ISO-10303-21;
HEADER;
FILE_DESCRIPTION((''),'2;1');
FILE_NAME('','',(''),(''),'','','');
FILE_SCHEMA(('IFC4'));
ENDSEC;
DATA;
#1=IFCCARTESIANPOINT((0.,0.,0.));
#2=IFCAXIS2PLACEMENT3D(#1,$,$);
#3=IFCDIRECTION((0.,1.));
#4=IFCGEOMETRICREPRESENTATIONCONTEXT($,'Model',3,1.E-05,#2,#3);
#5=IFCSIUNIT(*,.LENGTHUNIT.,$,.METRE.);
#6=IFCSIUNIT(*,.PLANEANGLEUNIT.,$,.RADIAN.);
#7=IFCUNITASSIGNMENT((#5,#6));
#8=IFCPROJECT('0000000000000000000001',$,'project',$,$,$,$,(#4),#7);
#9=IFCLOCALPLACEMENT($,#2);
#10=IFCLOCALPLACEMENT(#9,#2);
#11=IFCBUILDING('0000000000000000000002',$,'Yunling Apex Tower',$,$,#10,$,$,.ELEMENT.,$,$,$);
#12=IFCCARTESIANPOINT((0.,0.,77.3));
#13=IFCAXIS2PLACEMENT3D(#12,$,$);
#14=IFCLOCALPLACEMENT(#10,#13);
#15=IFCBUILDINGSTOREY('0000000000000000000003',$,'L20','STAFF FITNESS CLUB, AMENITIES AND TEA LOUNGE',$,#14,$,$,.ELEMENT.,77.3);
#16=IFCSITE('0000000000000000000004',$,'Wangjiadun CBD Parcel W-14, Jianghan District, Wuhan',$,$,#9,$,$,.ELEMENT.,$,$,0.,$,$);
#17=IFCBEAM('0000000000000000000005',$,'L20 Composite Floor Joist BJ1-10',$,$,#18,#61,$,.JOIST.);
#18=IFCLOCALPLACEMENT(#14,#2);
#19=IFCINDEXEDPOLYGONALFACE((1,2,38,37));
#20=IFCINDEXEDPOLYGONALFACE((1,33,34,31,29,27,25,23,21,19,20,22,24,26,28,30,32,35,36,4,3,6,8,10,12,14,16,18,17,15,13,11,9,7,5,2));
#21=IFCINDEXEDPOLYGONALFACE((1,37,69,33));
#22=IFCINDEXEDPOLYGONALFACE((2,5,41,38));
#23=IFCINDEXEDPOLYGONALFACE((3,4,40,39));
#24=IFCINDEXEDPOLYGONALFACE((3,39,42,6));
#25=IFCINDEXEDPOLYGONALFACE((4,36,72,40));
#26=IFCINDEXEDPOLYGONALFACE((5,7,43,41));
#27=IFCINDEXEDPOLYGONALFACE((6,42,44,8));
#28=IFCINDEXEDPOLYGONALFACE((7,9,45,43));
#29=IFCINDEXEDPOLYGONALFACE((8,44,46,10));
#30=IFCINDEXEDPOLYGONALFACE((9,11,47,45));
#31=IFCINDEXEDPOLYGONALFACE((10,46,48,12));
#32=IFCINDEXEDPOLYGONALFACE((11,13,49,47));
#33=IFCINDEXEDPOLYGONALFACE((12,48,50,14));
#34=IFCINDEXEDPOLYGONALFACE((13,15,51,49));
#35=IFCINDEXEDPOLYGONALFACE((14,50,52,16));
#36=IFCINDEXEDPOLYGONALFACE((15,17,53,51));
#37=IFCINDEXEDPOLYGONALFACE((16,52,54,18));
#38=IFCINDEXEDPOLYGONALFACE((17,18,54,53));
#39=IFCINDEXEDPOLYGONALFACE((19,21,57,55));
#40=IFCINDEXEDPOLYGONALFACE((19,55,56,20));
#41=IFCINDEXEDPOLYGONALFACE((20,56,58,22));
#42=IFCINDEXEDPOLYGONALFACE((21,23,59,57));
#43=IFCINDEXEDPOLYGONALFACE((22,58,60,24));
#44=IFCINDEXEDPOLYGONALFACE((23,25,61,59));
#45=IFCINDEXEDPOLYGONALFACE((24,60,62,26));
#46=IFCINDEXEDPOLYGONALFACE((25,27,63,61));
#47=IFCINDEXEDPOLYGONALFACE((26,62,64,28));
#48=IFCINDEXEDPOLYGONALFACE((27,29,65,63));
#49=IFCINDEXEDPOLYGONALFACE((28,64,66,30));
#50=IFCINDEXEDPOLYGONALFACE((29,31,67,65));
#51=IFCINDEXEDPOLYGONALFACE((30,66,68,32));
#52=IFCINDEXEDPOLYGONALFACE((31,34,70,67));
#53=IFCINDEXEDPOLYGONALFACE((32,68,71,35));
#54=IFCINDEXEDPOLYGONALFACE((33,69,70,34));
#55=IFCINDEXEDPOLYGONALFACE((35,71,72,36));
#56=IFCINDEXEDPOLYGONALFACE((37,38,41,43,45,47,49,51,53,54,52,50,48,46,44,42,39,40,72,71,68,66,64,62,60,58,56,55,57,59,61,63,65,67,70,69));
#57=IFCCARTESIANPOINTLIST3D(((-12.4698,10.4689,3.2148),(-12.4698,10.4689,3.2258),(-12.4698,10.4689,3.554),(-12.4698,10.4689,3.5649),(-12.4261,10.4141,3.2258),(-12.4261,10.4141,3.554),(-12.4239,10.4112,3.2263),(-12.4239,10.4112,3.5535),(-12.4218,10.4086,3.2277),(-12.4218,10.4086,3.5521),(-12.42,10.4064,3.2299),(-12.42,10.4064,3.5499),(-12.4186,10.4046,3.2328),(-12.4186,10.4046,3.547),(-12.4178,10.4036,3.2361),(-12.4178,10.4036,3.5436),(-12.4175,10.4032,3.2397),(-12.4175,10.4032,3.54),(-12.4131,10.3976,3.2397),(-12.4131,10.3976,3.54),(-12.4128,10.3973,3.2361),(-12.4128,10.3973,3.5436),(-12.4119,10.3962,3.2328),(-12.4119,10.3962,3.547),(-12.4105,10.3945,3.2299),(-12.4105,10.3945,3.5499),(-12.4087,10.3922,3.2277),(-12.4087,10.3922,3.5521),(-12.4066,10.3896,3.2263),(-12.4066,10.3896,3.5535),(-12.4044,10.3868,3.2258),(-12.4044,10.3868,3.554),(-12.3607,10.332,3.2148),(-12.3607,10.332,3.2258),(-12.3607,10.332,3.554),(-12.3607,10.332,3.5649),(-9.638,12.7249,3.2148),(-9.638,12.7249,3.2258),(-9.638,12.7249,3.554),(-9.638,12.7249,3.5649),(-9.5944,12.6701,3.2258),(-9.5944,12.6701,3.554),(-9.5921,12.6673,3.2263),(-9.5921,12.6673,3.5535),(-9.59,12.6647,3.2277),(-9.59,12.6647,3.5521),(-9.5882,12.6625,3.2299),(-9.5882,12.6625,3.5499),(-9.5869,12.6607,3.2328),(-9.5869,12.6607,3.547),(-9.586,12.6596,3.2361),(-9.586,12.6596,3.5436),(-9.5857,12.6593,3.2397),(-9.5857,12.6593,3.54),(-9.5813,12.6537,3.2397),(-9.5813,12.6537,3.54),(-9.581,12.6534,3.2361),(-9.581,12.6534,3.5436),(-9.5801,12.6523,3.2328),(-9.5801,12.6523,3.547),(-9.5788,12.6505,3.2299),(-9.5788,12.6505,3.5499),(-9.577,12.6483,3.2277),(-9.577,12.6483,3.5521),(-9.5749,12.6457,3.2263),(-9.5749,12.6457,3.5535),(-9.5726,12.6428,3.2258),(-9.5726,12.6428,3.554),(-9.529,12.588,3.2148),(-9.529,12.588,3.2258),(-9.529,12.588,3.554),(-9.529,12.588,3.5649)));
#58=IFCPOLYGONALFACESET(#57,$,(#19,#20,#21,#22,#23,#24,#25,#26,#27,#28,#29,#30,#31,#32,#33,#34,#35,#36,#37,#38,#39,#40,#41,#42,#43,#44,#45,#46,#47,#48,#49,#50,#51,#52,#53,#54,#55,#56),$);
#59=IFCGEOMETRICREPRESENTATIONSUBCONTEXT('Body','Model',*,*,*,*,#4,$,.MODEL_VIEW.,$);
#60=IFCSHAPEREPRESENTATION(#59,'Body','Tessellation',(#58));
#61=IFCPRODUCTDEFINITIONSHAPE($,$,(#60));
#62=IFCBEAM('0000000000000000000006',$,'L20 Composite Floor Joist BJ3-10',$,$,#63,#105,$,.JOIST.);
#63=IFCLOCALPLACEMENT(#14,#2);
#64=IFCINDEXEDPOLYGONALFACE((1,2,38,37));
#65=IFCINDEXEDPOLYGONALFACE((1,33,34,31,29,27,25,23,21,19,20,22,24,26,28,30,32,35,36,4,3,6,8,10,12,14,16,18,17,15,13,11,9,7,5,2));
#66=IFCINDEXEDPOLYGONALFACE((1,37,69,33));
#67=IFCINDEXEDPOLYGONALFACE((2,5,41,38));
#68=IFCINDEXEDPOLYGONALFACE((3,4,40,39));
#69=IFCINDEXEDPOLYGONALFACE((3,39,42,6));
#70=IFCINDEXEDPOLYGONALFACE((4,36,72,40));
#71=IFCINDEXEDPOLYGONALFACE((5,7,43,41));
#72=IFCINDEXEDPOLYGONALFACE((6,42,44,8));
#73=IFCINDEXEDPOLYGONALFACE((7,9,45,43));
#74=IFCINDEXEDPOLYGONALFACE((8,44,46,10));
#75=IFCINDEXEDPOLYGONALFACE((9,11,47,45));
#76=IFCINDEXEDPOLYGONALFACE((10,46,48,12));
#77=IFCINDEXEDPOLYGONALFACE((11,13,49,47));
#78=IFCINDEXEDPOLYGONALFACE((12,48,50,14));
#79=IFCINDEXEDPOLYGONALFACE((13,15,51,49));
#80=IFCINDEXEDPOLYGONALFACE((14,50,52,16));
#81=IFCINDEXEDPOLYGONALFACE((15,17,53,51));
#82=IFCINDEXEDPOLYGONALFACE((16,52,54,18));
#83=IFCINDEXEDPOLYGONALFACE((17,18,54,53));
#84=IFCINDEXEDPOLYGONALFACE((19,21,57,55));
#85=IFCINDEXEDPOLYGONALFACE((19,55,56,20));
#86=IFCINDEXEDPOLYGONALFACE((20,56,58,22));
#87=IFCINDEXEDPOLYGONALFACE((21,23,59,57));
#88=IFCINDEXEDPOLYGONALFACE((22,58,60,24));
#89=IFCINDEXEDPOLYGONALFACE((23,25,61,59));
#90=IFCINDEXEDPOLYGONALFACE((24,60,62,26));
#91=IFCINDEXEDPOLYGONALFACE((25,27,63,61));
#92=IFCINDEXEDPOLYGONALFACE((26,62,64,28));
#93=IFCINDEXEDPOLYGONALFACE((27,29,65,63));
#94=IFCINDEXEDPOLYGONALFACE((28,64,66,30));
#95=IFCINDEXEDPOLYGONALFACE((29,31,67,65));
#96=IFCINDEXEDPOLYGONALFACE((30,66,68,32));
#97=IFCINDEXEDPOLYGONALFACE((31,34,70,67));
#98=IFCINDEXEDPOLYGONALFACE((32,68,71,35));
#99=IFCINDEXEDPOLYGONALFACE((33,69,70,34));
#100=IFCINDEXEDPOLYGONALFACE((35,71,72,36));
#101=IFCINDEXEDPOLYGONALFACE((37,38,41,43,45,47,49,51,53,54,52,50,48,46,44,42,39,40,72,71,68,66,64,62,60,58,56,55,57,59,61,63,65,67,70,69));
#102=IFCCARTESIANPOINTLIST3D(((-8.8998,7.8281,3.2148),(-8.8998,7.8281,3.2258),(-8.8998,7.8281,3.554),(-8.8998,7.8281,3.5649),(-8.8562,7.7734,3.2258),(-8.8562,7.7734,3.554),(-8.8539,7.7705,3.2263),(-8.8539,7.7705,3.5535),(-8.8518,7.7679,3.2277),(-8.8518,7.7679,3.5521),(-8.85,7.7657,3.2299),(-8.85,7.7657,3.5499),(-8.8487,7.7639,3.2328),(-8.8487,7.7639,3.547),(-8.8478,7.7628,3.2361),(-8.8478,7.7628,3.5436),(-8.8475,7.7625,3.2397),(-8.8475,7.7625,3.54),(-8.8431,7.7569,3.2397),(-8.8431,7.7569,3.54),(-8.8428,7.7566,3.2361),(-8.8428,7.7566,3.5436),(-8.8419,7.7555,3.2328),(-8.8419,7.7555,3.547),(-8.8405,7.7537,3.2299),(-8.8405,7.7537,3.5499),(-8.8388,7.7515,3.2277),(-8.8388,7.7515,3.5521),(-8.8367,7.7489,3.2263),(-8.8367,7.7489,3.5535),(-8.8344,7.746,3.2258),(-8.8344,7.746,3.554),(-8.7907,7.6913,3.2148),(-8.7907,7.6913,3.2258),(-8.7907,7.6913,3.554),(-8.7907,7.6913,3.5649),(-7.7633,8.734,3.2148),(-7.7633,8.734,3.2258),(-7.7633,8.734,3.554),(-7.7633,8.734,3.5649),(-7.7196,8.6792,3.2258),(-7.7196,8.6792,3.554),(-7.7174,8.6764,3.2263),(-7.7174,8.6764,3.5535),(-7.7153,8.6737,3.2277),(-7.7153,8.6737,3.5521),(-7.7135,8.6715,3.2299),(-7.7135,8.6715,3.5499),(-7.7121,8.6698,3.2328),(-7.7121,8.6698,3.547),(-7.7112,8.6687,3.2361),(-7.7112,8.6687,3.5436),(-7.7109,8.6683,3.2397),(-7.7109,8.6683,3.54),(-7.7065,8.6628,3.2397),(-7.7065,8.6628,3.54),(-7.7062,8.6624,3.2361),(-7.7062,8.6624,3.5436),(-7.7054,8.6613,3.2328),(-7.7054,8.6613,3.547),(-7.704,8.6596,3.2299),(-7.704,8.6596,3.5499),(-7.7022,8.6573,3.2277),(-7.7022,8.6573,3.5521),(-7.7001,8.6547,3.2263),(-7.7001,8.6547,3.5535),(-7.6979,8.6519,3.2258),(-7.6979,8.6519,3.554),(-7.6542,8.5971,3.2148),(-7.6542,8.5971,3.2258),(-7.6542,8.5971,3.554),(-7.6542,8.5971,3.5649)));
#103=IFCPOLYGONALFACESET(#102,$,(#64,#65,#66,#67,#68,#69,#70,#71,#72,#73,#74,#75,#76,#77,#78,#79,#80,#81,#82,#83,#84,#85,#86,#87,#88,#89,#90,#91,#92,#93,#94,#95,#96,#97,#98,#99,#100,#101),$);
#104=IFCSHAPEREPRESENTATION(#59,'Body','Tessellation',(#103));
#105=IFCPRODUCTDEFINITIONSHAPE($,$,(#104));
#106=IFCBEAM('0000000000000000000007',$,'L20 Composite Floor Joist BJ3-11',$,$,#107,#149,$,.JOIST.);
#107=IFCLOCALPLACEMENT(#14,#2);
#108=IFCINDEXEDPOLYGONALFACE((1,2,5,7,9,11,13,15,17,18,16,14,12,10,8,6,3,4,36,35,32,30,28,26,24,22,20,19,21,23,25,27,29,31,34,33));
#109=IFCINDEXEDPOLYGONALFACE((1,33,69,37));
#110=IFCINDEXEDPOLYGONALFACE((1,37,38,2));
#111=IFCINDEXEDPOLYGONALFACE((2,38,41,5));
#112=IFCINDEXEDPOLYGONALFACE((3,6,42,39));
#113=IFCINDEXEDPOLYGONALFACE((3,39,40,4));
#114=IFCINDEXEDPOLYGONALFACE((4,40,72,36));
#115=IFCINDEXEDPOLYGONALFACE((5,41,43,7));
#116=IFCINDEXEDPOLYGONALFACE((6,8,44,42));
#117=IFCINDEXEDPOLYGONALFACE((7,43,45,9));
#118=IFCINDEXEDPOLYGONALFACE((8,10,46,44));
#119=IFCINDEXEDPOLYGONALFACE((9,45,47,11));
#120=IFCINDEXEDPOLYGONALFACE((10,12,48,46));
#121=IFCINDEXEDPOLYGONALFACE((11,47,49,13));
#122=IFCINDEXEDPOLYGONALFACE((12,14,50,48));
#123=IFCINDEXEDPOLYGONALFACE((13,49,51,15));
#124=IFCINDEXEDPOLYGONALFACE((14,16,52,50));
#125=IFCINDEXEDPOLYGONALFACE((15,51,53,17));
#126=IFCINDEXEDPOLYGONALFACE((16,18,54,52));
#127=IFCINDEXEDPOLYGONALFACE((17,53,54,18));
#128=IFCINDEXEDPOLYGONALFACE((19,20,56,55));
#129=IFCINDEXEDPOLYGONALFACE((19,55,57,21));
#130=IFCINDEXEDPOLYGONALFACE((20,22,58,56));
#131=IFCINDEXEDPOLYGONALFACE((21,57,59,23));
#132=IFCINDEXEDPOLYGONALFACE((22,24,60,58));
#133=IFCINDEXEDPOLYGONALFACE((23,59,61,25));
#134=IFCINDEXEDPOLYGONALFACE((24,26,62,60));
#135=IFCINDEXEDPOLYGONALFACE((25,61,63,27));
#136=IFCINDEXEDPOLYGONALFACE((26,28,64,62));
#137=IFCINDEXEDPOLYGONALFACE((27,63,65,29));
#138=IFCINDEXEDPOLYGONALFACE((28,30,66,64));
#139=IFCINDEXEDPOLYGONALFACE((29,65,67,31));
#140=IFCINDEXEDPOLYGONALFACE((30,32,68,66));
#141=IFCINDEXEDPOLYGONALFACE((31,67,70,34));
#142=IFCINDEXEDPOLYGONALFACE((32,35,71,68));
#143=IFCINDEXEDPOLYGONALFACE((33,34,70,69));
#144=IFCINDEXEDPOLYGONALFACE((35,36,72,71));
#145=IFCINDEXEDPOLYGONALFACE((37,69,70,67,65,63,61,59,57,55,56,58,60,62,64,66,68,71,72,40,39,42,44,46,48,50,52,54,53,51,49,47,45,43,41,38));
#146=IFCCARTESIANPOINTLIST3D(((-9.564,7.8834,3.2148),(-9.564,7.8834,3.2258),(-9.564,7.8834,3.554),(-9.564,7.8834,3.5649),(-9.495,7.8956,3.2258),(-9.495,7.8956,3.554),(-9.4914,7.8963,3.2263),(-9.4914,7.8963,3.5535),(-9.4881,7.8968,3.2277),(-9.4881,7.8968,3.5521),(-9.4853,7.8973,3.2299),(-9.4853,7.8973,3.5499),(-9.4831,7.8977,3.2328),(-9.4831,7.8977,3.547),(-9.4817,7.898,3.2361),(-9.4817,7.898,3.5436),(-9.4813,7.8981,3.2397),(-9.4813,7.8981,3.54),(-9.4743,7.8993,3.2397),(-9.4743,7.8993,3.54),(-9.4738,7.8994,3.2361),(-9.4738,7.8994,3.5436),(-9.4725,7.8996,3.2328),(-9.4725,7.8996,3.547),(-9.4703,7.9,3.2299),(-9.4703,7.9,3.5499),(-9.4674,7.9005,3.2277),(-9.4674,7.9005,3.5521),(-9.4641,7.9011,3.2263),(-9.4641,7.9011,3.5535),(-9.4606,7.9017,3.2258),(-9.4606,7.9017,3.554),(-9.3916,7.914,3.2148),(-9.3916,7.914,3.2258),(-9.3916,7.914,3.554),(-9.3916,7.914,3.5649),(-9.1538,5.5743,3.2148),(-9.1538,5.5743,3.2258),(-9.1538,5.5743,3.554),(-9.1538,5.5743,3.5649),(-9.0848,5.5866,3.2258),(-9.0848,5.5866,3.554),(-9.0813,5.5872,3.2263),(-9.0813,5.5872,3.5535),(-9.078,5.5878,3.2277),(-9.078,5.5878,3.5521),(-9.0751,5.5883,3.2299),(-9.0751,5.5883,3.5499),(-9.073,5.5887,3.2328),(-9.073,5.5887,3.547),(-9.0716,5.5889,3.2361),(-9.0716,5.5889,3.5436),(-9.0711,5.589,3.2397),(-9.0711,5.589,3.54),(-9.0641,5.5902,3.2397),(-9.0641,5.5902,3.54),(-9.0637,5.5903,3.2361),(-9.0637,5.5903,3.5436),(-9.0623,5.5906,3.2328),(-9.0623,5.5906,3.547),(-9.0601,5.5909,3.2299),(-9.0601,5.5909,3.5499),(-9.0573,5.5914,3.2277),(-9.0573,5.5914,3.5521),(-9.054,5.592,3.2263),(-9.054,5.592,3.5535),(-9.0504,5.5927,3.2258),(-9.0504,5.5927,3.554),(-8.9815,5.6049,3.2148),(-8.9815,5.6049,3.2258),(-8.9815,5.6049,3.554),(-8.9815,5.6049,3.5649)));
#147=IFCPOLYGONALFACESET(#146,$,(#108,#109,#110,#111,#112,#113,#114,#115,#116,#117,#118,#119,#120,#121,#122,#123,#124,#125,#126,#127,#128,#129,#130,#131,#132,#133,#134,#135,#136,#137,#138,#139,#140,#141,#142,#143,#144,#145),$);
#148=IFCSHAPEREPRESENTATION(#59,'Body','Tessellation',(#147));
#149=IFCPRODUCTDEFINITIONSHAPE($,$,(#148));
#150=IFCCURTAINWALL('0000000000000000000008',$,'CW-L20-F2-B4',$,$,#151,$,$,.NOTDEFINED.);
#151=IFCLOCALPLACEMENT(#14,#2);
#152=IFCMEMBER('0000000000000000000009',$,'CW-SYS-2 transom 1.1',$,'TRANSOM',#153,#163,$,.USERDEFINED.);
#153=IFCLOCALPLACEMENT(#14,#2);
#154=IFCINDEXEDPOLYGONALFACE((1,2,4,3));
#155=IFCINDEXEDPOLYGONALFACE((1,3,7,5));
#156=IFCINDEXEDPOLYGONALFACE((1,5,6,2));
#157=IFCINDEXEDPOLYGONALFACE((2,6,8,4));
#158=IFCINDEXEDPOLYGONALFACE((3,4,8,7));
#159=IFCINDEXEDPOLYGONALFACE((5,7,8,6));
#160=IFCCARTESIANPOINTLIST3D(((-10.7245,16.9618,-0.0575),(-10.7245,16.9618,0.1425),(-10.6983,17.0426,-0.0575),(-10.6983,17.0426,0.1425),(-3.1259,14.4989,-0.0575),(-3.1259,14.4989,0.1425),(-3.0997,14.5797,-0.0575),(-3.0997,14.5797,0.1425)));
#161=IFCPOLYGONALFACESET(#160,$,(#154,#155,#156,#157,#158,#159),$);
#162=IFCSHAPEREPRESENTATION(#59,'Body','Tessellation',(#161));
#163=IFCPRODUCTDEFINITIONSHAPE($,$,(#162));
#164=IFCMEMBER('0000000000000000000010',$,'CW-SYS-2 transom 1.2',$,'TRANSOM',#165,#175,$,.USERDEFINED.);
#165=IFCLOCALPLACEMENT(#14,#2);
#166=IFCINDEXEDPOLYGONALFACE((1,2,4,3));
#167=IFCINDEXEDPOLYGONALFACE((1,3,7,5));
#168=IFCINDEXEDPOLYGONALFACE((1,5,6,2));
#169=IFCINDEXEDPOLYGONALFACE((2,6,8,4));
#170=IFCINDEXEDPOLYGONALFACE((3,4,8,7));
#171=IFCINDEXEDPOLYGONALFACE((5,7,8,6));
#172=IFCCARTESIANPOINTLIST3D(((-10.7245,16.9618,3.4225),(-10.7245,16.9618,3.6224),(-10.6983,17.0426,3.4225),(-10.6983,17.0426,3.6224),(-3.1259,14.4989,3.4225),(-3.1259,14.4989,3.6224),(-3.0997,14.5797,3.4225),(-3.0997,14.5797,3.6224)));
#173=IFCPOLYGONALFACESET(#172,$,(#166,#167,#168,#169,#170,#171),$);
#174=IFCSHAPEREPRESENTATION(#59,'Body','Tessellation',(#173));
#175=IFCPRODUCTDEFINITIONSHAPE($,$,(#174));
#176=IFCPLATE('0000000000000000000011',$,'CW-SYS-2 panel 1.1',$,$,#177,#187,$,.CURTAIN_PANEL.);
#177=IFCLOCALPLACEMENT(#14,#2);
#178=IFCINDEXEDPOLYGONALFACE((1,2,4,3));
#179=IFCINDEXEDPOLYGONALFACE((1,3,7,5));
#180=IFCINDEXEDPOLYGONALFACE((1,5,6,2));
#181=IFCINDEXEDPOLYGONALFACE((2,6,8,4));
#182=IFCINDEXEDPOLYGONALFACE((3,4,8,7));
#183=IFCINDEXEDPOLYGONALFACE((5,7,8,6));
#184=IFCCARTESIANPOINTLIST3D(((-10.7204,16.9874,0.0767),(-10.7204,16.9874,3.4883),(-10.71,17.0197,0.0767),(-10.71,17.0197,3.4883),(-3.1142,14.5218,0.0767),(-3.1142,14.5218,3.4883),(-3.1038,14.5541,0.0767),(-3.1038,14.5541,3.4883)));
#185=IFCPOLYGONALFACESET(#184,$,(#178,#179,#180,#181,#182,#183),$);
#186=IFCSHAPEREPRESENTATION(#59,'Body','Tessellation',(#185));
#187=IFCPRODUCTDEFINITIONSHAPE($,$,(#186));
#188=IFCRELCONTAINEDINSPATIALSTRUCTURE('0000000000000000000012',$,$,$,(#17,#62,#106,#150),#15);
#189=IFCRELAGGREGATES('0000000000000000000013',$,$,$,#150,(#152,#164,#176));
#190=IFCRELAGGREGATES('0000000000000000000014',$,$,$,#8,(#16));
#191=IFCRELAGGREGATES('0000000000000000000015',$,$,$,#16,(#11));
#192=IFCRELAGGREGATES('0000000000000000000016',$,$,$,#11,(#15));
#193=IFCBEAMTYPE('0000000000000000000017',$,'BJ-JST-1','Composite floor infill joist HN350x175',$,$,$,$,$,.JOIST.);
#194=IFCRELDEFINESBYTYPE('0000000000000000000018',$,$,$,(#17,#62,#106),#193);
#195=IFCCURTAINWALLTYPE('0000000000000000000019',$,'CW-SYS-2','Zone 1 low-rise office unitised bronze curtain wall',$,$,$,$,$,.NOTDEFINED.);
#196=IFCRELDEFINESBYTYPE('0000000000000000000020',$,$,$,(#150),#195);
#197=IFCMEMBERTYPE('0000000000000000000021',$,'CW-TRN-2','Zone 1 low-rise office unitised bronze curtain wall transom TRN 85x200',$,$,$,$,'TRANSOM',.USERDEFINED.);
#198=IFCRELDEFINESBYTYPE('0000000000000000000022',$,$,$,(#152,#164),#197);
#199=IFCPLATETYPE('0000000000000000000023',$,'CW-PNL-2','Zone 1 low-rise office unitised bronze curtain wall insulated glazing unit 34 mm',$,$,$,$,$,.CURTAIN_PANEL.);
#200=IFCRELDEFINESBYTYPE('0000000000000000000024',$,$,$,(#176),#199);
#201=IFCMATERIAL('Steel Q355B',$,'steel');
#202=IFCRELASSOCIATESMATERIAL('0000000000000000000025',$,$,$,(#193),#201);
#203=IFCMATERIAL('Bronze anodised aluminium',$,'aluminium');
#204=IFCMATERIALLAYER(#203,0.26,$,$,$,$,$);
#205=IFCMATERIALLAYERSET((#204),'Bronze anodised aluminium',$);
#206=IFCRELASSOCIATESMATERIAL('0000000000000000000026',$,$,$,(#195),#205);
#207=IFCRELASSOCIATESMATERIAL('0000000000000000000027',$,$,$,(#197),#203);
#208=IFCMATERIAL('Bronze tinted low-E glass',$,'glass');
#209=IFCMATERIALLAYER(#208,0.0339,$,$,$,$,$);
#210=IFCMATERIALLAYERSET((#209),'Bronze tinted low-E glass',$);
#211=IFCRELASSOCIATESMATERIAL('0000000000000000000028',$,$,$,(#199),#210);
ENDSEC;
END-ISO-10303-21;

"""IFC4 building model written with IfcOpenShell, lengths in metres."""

from ifc_helpers import new_model, si_unit, direction, frame, origin, origin_2d, place, context, subcontext, project, spatial, rectangle, i_section, extrude, source, transform, mapped, material, layer, layer_set, material_profile, profile_set, type_object, element, aggregate, save


model = new_model("IFC4")

# Units and contexts
model_context = context("Model", 3, precision=1e-05, world=origin(), true_north=direction((0.0, 1.0)))
body_context = subcontext(model_context, "Body", "Model", "MODEL_VIEW")
ifc_project = project(units=[si_unit("LENGTHUNIT", "METRE"), si_unit("PLANEANGLEUNIT", "RADIAN")], contexts=[model_context])

# Site, building, storey
site_placement = place(None, origin())
site = spatial("IfcSite", under=ifc_project, at=site_placement, Name="Wangjiadun CBD Parcel W-14, Jianghan District, Wuhan", CompositionType="ELEMENT", RefElevation=0.0)
building_placement = place(site_placement, origin())
building = spatial("IfcBuilding", under=site, at=building_placement, Name="Yunling Apex Tower", CompositionType="ELEMENT")
storey_placement = place(building_placement, frame((0.0, 0.0, 77.3)))
storey = spatial("IfcBuildingStorey", under=building, at=storey_placement, Name="L20", Description="STAFF FITNESS CLUB, AMENITIES AND TEA LOUNGE", CompositionType="ELEMENT", Elevation=77.3)

# Beams
ifc_material_1 = material(Name="Steel Q355B", Category="steel")
ifc_material_profile_1 = material_profile(ifc_material_1, i_section(OverallWidth=0.175, OverallDepth=0.3501, WebThickness=0.0071, FlangeThickness=0.011, FilletRadius=0.0139, at=origin_2d()))
ifc_profile_set_1 = profile_set([ifc_material_profile_1], Name="Steel Q355B")
beam_type_1 = type_object("IfcBeamType", Name="BJ-JST-1", Description="Composite floor infill joist HN350x175", PredefinedType="JOIST", material=ifc_profile_set_1)
shared_shape_1 = source(origin(), body_context, "Body", "SweptSolid", [
    extrude(i_section(OverallWidth=0.175, OverallDepth=0.3501, WebThickness=0.0071, FlangeThickness=0.011, FilletRadius=0.0139, at=origin_2d()), origin(), (0.0, 0.0, 1.0), 3.6206),
])
beam_1_placement = place(storey_placement, frame((-9.5835, 12.6565, 3.3899), z_axis=(-0.782124, -0.623123, 0.0), x_axis=(0.623123, -0.782124, 0.0)))
element("IfcBeam", 1, at=beam_1_placement, inside=storey, type_object=beam_type_1, Name="L20 Composite Floor Joist BJ1-10", PredefinedType="JOIST", context=body_context, shape_type="MappedRepresentation", body=[
    mapped(shared_shape_1, transform((0.0, 0.0, 0.0), scale=1.0)),
])
shared_shape_2 = source(origin(), body_context, "Body", "SweptSolid", [
    extrude(i_section(OverallWidth=0.175, OverallDepth=0.3501, WebThickness=0.0071, FlangeThickness=0.011, FilletRadius=0.0139, at=origin_2d()), origin(), (0.0, 0.0, 1.0), 1.4534),
])
beam_2_placement = place(storey_placement, frame((-7.7087, 8.6655, 3.3899), z_axis=(-0.782015, -0.62326, 0.0), x_axis=(0.62326, -0.782015, 0.0)))
element("IfcBeam", 2, at=beam_2_placement, inside=storey, type_object=beam_type_1, Name="L20 Composite Floor Joist BJ3-10", PredefinedType="JOIST", context=body_context, shape_type="MappedRepresentation", body=[
    mapped(shared_shape_2, transform((0.0, 0.0, 0.0), scale=1.0)),
])
shared_shape_3 = source(origin(), body_context, "Body", "SweptSolid", [
    extrude(i_section(OverallWidth=0.175, OverallDepth=0.3501, WebThickness=0.0071, FlangeThickness=0.011, FilletRadius=0.0139, at=origin_2d()), origin(), (0.0, 0.0, 1.0), 2.3452),
])
beam_3_placement = place(storey_placement, frame((-9.4778, 7.8987, 3.3899), z_axis=(0.17489, -0.984588, 0.0), x_axis=(0.984588, 0.17489, 0.0)))
element("IfcBeam", 3, at=beam_3_placement, inside=storey, type_object=beam_type_1, Name="L20 Composite Floor Joist BJ3-11", PredefinedType="JOIST", context=body_context, shape_type="MappedRepresentation", body=[
    mapped(shared_shape_3, transform((0.0, 0.0, 0.0), scale=1.0)),
])

# Curtain wall, members, plate
ifc_material_2 = material(Name="Bronze anodised aluminium", Category="aluminium")
ifc_layer_1 = layer(ifc_material_2, 0.26)
ifc_layer_set_1 = layer_set([ifc_layer_1], Name="Bronze anodised aluminium")
curtain_wall_type = type_object("IfcCurtainWallType", Name="CW-SYS-2", Description="Zone 1 low-rise office unitised bronze curtain wall", PredefinedType="NOTDEFINED", material=ifc_layer_set_1)
curtain_wall_placement = place(storey_placement, origin())
curtain_wall = element("IfcCurtainWall", 4, at=curtain_wall_placement, inside=storey, type_object=curtain_wall_type, Name="CW-L20-F2-B4", PredefinedType="NOTDEFINED")
ifc_material_profile_2 = material_profile(ifc_material_2, rectangle(XDim=0.085, YDim=0.2, at=origin_2d()))
ifc_profile_set_2 = profile_set([ifc_material_profile_2], Name="Bronze anodised aluminium")
member_type = type_object("IfcMemberType", Name="CW-TRN-2", Description="Zone 1 low-rise office unitised bronze curtain wall transom TRN 85x200", ElementType="TRANSOM", PredefinedType="USERDEFINED", material=ifc_profile_set_2)
shared_shape_4 = source(origin(), body_context, "Body", "SweptSolid", [
    extrude(rectangle(XDim=0.085, YDim=0.2, at=origin_2d()), origin(), (0.0, 0.0, 1.0), 7.9878),
])
member_1_placement = place(storey_placement, frame((-3.1128, 14.5393, 0.0425), z_axis=(-0.951279, 0.308331, 0.0), x_axis=(-0.308331, -0.951279, 0.0)))
member_1 = element("IfcMember", 5, at=member_1_placement, type_object=member_type, Name="CW-SYS-2 transom 1.1", ObjectType="TRANSOM", PredefinedType="USERDEFINED", context=body_context, shape_type="MappedRepresentation", body=[
    mapped(shared_shape_4, transform((0.0, 0.0, 0.0), scale=1.0)),
])
member_2_placement = place(storey_placement, frame((-3.1128, 14.5393, 3.5225), z_axis=(-0.951279, 0.308331, 0.0), x_axis=(-0.308331, -0.951279, 0.0)))
member_2 = element("IfcMember", 6, at=member_2_placement, type_object=member_type, Name="CW-SYS-2 transom 1.2", ObjectType="TRANSOM", PredefinedType="USERDEFINED", context=body_context, shape_type="MappedRepresentation", body=[
    mapped(shared_shape_4, transform((0.0, 0.0, 0.0), scale=1.0)),
])
ifc_material_3 = material(Name="Bronze tinted low-E glass", Category="glass")
ifc_layer_2 = layer(ifc_material_3, 0.0339)
ifc_layer_set_2 = layer_set([ifc_layer_2], Name="Bronze tinted low-E glass")
plate_type = type_object("IfcPlateType", Name="CW-PNL-2", Description="Zone 1 low-rise office unitised bronze curtain wall insulated glazing unit 34 mm", PredefinedType="CURTAIN_PANEL", material=ifc_layer_set_2)
shared_shape_5 = source(origin(), body_context, "Body", "SweptSolid", [
    extrude(rectangle(XDim=7.9958, YDim=0.0339, at=origin_2d()), origin(), (0.0, 0.0, 1.0), 3.4116),
])
plate_placement = place(storey_placement, frame((-6.9121, 15.7708, 0.0767), z_axis=(0.0, 0.0, 1.0), x_axis=(-0.951271, 0.308357, 0.0)))
plate = element("IfcPlate", 7, at=plate_placement, type_object=plate_type, Name="CW-SYS-2 panel 1.1", PredefinedType="CURTAIN_PANEL", context=body_context, shape_type="MappedRepresentation", body=[
    mapped(shared_shape_5, transform((0.0, 0.0, 0.0), scale=1.0)),
])
aggregate(curtain_wall, [member_1, member_2, plate])

save(model, "model.ifc")
